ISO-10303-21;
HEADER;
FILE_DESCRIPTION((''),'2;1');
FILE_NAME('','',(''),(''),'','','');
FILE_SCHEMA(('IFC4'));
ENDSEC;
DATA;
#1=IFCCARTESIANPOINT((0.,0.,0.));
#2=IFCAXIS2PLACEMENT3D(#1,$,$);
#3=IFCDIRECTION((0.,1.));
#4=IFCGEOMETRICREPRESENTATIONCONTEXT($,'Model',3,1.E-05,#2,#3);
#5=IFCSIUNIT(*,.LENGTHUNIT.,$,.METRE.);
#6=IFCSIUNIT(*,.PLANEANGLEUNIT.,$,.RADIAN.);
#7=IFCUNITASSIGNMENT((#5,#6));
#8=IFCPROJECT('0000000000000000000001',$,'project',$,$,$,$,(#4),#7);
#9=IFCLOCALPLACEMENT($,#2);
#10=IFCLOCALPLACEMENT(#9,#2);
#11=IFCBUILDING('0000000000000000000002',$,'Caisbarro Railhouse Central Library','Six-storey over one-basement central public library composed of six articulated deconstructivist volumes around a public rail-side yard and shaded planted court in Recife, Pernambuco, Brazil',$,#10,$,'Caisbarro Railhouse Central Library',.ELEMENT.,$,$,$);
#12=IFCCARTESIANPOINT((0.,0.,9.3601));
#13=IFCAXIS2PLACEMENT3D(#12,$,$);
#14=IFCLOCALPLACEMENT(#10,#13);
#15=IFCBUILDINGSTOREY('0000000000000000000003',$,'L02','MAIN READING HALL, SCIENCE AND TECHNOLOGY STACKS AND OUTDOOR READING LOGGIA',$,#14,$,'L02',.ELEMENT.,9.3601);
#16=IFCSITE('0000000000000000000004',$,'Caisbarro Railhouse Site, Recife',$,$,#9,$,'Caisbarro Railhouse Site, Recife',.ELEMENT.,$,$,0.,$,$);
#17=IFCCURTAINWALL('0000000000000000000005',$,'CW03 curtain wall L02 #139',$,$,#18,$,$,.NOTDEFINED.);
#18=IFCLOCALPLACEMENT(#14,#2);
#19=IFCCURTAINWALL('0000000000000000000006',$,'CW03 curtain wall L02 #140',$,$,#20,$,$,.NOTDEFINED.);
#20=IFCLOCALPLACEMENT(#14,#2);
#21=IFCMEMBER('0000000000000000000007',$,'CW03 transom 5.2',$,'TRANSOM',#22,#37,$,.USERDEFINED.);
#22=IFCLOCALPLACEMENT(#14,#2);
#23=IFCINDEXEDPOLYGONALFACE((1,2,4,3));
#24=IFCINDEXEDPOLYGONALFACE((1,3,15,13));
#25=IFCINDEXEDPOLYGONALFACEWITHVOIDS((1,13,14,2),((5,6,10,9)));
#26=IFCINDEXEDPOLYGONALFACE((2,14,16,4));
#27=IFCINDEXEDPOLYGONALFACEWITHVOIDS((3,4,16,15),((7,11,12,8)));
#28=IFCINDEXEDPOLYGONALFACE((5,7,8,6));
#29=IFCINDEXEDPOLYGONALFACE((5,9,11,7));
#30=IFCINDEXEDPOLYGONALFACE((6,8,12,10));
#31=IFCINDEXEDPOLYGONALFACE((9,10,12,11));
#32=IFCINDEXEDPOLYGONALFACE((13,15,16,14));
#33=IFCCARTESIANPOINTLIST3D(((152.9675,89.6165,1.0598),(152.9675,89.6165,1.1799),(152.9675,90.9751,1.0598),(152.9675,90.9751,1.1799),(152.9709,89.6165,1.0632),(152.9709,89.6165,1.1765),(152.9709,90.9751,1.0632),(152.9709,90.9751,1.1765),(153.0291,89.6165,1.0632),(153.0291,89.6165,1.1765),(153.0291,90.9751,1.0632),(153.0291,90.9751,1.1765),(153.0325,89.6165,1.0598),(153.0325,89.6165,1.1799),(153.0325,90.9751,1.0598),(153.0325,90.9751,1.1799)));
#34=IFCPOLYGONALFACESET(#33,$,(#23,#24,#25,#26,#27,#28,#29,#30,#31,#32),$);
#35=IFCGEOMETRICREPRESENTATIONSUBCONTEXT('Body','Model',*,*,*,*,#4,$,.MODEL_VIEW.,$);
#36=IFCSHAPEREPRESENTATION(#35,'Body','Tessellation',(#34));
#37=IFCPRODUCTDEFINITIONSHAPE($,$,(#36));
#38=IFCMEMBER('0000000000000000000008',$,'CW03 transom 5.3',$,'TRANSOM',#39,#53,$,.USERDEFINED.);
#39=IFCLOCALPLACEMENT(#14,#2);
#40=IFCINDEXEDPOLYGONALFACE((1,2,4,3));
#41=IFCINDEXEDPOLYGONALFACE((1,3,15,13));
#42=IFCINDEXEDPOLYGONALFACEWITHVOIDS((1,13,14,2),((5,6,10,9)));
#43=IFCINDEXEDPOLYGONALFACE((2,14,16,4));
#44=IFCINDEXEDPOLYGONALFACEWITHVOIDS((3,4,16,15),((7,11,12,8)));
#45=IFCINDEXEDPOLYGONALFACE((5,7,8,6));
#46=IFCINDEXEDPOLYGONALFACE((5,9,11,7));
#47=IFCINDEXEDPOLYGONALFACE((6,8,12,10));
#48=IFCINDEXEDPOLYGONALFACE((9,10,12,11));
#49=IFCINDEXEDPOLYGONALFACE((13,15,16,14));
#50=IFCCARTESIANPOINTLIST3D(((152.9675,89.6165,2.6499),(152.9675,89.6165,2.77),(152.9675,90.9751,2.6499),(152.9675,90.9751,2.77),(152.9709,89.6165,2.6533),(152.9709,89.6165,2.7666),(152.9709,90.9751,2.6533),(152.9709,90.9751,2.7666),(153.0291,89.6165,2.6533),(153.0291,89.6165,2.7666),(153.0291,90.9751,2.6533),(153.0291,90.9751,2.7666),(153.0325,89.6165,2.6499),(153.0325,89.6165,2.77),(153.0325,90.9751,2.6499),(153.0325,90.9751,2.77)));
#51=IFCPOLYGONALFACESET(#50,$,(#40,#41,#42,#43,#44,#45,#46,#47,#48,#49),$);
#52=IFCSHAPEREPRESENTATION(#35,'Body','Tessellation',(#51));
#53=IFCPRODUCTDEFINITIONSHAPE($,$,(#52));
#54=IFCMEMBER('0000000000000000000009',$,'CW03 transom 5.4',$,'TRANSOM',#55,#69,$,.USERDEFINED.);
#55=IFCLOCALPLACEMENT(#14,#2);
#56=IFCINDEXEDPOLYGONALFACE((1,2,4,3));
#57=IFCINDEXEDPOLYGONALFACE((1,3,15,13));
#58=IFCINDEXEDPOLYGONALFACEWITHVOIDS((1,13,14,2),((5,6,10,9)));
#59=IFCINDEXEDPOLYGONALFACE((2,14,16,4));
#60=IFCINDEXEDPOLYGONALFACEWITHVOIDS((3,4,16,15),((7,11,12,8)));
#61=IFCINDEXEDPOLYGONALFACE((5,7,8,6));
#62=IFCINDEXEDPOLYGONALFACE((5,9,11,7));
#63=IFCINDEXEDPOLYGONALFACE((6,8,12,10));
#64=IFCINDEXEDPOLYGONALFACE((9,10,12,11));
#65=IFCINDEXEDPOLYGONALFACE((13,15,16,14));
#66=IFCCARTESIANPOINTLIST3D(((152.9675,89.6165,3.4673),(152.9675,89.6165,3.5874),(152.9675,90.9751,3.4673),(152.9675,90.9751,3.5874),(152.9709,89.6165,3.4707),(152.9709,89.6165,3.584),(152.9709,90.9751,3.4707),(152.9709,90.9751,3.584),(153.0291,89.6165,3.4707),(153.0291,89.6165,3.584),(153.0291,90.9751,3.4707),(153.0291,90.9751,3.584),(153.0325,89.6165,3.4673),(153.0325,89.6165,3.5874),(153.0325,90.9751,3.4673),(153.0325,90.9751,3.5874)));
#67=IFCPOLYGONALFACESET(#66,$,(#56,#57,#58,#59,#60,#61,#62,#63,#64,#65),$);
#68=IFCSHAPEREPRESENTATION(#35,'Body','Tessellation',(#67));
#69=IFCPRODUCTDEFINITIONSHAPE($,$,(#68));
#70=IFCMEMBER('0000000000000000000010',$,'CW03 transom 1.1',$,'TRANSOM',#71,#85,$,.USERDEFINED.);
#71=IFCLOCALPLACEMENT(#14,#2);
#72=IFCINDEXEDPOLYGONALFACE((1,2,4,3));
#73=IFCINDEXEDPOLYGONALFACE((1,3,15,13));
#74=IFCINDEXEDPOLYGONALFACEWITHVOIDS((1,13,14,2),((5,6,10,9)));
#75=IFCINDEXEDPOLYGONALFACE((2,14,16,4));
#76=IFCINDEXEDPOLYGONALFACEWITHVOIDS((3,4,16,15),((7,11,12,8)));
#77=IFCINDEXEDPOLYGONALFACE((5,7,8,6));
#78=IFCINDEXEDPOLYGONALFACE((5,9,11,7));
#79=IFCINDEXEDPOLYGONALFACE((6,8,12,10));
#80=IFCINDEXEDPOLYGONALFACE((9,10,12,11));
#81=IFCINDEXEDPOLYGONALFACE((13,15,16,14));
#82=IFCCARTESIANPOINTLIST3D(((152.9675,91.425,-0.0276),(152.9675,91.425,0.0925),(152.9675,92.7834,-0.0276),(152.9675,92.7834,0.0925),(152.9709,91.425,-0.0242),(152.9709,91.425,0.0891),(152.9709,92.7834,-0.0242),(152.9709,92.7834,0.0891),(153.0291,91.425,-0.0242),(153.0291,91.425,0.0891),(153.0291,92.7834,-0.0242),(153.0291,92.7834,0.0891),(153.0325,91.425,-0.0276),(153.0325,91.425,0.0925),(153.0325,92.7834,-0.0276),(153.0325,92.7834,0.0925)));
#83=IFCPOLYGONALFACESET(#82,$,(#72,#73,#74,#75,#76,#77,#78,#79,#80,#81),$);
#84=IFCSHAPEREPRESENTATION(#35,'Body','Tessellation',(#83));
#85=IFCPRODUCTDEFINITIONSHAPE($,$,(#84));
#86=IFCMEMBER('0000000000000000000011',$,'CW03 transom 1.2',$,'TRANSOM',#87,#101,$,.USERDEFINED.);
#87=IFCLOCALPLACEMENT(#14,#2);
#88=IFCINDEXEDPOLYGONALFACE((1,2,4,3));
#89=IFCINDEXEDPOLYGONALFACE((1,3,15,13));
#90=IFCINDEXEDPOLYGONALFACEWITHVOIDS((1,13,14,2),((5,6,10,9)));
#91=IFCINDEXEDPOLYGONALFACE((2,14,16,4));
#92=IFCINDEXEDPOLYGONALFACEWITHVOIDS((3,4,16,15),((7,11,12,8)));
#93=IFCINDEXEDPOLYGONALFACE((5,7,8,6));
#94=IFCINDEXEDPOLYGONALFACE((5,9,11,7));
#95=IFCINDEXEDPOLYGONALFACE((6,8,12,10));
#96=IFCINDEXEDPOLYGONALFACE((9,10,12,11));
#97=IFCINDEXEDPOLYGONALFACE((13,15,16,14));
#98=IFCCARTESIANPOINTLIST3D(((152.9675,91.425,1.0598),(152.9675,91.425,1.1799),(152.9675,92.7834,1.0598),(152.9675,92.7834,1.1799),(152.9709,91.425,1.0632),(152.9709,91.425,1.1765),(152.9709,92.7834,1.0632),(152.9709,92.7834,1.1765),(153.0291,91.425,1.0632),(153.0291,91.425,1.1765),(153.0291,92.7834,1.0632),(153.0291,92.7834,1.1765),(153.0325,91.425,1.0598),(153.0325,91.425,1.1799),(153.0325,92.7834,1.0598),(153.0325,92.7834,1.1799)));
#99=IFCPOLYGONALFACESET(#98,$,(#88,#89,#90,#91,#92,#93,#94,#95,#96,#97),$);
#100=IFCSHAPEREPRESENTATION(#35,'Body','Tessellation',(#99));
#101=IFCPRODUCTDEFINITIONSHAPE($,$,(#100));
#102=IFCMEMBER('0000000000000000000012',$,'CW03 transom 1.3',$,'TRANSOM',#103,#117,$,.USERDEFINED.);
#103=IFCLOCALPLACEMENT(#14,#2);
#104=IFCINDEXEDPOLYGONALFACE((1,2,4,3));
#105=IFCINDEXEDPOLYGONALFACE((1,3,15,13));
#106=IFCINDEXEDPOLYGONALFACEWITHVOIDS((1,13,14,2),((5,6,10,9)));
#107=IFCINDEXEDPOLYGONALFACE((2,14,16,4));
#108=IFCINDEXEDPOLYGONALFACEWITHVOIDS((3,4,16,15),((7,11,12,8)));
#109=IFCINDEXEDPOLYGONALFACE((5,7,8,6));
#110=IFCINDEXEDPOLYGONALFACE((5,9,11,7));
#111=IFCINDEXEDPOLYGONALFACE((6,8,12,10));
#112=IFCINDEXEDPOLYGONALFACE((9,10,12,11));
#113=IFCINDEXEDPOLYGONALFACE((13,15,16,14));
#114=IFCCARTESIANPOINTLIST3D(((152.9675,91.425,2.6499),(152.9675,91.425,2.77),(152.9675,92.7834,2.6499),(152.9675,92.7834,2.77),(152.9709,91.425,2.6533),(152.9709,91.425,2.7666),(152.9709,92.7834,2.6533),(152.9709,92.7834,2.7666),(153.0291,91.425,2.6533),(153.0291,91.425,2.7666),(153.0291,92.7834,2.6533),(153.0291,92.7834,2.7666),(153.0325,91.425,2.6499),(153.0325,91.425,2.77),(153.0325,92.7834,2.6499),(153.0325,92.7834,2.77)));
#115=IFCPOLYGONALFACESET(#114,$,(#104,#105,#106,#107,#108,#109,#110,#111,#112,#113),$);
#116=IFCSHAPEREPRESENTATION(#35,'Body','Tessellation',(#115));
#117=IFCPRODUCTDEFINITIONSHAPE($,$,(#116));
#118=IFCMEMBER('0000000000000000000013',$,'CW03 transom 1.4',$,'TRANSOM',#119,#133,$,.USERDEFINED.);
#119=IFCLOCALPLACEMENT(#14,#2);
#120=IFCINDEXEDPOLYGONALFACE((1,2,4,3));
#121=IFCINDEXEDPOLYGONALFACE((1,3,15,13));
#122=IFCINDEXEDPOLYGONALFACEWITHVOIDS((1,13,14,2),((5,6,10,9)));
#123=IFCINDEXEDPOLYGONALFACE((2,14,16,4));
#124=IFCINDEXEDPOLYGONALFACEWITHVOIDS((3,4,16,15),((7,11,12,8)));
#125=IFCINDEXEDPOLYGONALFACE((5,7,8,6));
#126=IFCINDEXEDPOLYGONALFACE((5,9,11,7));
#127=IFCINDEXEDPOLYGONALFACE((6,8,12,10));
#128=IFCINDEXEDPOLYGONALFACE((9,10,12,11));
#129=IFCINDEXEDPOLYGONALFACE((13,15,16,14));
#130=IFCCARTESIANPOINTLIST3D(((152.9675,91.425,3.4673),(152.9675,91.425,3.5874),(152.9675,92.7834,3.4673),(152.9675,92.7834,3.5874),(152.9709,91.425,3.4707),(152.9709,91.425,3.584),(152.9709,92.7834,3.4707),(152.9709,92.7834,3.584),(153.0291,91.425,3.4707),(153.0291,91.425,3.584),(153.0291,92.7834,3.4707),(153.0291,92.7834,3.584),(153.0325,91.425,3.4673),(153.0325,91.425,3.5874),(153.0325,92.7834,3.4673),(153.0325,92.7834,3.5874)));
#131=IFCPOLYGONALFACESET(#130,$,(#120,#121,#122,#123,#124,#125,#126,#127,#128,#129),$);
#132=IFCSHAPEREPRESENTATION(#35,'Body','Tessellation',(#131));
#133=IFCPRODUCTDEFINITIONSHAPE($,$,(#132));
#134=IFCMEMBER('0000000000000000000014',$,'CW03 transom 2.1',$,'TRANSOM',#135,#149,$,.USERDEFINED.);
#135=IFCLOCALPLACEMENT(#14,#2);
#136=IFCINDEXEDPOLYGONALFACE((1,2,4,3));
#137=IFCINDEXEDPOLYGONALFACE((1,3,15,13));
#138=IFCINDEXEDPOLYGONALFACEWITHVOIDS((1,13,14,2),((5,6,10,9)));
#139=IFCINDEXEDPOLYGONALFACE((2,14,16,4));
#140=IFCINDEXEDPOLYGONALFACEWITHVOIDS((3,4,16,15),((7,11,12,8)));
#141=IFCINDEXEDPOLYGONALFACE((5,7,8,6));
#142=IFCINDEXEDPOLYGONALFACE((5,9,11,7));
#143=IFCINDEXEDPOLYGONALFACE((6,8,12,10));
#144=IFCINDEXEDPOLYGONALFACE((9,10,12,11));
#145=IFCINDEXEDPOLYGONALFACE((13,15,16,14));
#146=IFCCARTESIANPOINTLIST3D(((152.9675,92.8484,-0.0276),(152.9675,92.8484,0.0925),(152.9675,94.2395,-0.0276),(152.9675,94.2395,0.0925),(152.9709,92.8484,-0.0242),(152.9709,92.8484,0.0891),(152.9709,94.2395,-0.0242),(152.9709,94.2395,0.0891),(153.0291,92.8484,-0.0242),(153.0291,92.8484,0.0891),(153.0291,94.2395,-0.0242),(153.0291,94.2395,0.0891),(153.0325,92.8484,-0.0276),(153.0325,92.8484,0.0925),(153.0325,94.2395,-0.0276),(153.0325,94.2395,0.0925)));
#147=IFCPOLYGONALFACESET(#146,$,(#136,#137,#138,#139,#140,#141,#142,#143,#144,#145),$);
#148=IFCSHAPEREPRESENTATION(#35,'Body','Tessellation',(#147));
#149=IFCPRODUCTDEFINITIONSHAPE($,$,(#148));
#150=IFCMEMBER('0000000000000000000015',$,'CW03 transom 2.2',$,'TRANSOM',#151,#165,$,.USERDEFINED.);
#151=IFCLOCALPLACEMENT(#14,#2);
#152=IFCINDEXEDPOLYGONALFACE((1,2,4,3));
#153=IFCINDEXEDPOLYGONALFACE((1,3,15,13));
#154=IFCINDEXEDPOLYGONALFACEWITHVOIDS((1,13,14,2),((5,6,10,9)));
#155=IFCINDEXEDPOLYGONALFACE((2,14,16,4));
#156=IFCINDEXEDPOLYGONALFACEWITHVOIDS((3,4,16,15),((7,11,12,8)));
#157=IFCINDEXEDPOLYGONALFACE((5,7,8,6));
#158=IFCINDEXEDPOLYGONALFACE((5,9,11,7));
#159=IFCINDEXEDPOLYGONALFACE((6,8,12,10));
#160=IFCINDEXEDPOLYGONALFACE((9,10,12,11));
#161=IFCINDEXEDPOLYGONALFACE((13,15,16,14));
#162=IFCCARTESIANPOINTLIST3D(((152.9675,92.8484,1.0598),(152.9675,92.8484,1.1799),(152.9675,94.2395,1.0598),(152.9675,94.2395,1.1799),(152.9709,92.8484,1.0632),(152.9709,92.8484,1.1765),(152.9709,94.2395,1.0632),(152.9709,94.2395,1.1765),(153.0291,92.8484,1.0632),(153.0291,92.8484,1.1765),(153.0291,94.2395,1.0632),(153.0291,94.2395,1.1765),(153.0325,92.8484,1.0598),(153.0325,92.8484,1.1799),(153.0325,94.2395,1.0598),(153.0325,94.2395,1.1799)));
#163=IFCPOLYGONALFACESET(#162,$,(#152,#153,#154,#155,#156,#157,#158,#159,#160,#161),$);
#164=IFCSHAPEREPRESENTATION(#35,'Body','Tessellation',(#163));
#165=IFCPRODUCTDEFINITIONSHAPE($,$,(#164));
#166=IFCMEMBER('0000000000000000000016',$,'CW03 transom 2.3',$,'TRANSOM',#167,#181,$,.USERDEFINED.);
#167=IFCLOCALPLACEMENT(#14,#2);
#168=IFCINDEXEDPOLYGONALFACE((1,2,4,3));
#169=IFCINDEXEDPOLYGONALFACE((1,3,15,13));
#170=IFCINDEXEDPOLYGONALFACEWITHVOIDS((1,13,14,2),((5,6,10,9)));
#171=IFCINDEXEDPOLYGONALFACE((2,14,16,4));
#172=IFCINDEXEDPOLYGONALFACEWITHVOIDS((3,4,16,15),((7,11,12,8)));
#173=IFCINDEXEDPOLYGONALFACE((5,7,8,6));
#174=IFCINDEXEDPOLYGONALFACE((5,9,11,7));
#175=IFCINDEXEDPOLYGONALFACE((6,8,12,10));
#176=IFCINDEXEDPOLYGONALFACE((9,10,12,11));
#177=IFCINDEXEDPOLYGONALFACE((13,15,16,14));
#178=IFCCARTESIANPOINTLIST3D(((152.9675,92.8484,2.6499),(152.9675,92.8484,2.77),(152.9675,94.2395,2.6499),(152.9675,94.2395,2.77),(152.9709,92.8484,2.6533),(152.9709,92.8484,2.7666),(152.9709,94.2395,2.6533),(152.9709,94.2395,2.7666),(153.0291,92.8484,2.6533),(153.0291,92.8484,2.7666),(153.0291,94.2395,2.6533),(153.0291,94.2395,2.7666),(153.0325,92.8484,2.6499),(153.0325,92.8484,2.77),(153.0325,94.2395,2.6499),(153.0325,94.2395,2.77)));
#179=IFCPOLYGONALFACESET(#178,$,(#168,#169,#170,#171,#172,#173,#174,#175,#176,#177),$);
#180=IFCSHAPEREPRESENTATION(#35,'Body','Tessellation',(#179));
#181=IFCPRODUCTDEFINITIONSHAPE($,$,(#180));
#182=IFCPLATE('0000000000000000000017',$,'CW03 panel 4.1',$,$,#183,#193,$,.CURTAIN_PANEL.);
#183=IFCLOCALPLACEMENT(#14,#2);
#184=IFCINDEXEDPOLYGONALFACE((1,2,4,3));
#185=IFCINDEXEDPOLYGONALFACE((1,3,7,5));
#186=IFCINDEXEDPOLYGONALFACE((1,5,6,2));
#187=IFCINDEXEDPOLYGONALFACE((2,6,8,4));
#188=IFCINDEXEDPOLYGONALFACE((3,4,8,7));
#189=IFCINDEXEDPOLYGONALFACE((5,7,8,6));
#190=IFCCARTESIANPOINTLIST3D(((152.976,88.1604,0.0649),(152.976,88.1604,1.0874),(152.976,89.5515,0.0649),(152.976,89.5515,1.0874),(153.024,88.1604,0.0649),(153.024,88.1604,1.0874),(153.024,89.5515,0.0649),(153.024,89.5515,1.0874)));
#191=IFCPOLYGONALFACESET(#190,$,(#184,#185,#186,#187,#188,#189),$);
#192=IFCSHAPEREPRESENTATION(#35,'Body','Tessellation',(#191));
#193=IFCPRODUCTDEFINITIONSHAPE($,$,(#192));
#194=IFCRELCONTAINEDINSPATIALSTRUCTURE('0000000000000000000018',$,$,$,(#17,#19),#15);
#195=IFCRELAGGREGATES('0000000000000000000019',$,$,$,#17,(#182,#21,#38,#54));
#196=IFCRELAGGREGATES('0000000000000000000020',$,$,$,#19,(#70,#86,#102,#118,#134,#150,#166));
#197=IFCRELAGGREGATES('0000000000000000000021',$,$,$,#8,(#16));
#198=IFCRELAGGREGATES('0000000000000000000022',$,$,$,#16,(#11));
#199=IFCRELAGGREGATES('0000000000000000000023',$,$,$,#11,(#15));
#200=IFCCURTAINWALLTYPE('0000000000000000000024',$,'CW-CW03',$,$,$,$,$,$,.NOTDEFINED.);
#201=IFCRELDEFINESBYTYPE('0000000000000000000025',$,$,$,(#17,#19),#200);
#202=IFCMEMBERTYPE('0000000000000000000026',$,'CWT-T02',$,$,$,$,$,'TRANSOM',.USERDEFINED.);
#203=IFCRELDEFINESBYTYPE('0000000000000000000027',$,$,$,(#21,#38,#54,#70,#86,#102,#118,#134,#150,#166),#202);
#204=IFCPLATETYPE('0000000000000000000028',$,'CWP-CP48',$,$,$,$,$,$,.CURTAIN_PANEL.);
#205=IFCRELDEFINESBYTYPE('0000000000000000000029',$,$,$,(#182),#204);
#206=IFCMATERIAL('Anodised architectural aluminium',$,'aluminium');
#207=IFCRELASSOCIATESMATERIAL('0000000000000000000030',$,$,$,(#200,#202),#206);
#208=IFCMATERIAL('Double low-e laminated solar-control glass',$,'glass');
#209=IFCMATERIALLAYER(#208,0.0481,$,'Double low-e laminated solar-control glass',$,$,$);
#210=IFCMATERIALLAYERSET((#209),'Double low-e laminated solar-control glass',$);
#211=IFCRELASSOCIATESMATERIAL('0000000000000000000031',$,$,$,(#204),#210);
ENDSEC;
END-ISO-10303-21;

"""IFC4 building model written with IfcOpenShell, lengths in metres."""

from ifc_helpers import new_model, si_unit, direction, frame, origin, origin_2d, place, context, subcontext, project, spatial, rectangle, hollow_rectangle, extrude, material, layer, layer_set, material_profile, profile_set, type_object, element, aggregate, save


model = new_model("IFC4")

# Units and contexts
model_context = context("Model", 3, precision=1e-05, world=origin(), true_north=direction((0.0, 1.0)))
body_context = subcontext(model_context, "Body", "Model", "MODEL_VIEW")
ifc_project = project(units=[si_unit("LENGTHUNIT", "METRE"), si_unit("PLANEANGLEUNIT", "RADIAN")], contexts=[model_context])

# Site, building, storey
site_placement = place(None, origin())
site = spatial("IfcSite", under=ifc_project, at=site_placement, Name="Caisbarro Railhouse Site, Recife", LongName="Caisbarro Railhouse Site, Recife", CompositionType="ELEMENT", RefElevation=0.0)
building_placement = place(site_placement, origin())
building = spatial("IfcBuilding", under=site, at=building_placement, Name="Caisbarro Railhouse Central Library", Description="Six-storey over one-basement central public library composed of six articulated deconstructivist volumes around a public rail-side yard and shaded planted court in Recife, Pernambuco, Brazil", LongName="Caisbarro Railhouse Central Library", CompositionType="ELEMENT")
storey_placement = place(building_placement, frame((0.0, 0.0, 9.3601)))
storey = spatial("IfcBuildingStorey", under=building, at=storey_placement, Name="L02", Description="MAIN READING HALL, SCIENCE AND TECHNOLOGY STACKS AND OUTDOOR READING LOGGIA", LongName="L02", CompositionType="ELEMENT", Elevation=9.3601)

# Curtain walls
ifc_material_1 = material(Name="Anodised architectural aluminium", Category="aluminium")
curtain_wall_type = type_object("IfcCurtainWallType", Name="CW-CW03", PredefinedType="NOTDEFINED", material=ifc_material_1)
curtain_wall_1_placement = place(storey_placement, origin())
curtain_wall_1 = element("IfcCurtainWall", 1, at=curtain_wall_1_placement, inside=storey, type_object=curtain_wall_type, Name="CW03 curtain wall L02 #139", PredefinedType="NOTDEFINED")
curtain_wall_2_placement = place(storey_placement, origin())
curtain_wall_2 = element("IfcCurtainWall", 2, at=curtain_wall_2_placement, inside=storey, type_object=curtain_wall_type, Name="CW03 curtain wall L02 #140", PredefinedType="NOTDEFINED")

# Members
ifc_material_profile_1 = material_profile(ifc_material_1, hollow_rectangle(XDim=0.0649, YDim=0.1201, WallThickness=0.0034, at=origin_2d()), Name="ALU-TRN-65X120")
ifc_profile_set_1 = profile_set([ifc_material_profile_1], Name="Anodised architectural aluminium")
member_type_1 = type_object("IfcMemberType", Name="CWT-T02", ElementType="TRANSOM", PredefinedType="USERDEFINED", material=ifc_profile_set_1)
member_1_placement = place(storey_placement, frame((153.0, 89.6165, 1.1199), z_axis=(0.0, 1.0, 0.0), x_axis=(-1.0, 0.0, 0.0)))
member_1 = element("IfcMember", 3, at=member_1_placement, type_object=member_type_1, Name="CW03 transom 5.2", ObjectType="TRANSOM", PredefinedType="USERDEFINED", context=body_context, shape_type="SweptSolid", body=[
    extrude(hollow_rectangle(XDim=0.0649, YDim=0.1201, WallThickness=0.0034, at=origin_2d()), origin(), (0.0, 0.0, 1.0), 1.3586),
])
member_2_placement = place(storey_placement, frame((153.0, 89.6165, 2.71), z_axis=(0.0, 1.0, 0.0), x_axis=(-1.0, 0.0, 0.0)))
member_2 = element("IfcMember", 4, at=member_2_placement, type_object=member_type_1, Name="CW03 transom 5.3", ObjectType="TRANSOM", PredefinedType="USERDEFINED", context=body_context, shape_type="SweptSolid", body=[
    extrude(hollow_rectangle(XDim=0.0649, YDim=0.1201, WallThickness=0.0034, at=origin_2d()), origin(), (0.0, 0.0, 1.0), 1.3586),
])
member_3_placement = place(storey_placement, frame((153.0, 89.6165, 3.5273), z_axis=(0.0, 1.0, 0.0), x_axis=(-1.0, 0.0, 0.0)))
member_3 = element("IfcMember", 5, at=member_3_placement, type_object=member_type_1, Name="CW03 transom 5.4", ObjectType="TRANSOM", PredefinedType="USERDEFINED", context=body_context, shape_type="SweptSolid", body=[
    extrude(hollow_rectangle(XDim=0.0649, YDim=0.1201, WallThickness=0.0034, at=origin_2d()), origin(), (0.0, 0.0, 1.0), 1.3586),
])
member_4_placement = place(storey_placement, frame((153.0, 91.425, 0.0325), z_axis=(0.0, 1.0, 0.0), x_axis=(-1.0, 0.0, 0.0)))
member_4 = element("IfcMember", 6, at=member_4_placement, type_object=member_type_1, Name="CW03 transom 1.1", ObjectType="TRANSOM", PredefinedType="USERDEFINED", context=body_context, shape_type="SweptSolid", body=[
    extrude(hollow_rectangle(XDim=0.0649, YDim=0.1201, WallThickness=0.0034, at=origin_2d()), origin(), (0.0, 0.0, 1.0), 1.3584),
])
member_5_placement = place(storey_placement, frame((153.0, 91.425, 1.1199), z_axis=(0.0, 1.0, 0.0), x_axis=(-1.0, 0.0, 0.0)))
member_5 = element("IfcMember", 7, at=member_5_placement, type_object=member_type_1, Name="CW03 transom 1.2", ObjectType="TRANSOM", PredefinedType="USERDEFINED", context=body_context, shape_type="SweptSolid", body=[
    extrude(hollow_rectangle(XDim=0.0649, YDim=0.1201, WallThickness=0.0034, at=origin_2d()), origin(), (0.0, 0.0, 1.0), 1.3584),
])
member_6_placement = place(storey_placement, frame((153.0, 91.425, 2.71), z_axis=(0.0, 1.0, 0.0), x_axis=(-1.0, 0.0, 0.0)))
member_6 = element("IfcMember", 8, at=member_6_placement, type_object=member_type_1, Name="CW03 transom 1.3", ObjectType="TRANSOM", PredefinedType="USERDEFINED", context=body_context, shape_type="SweptSolid", body=[
    extrude(hollow_rectangle(XDim=0.0649, YDim=0.1201, WallThickness=0.0034, at=origin_2d()), origin(), (0.0, 0.0, 1.0), 1.3584),
])
member_7_placement = place(storey_placement, frame((153.0, 91.425, 3.5273), z_axis=(0.0, 1.0, 0.0), x_axis=(-1.0, 0.0, 0.0)))
member_7 = element("IfcMember", 9, at=member_7_placement, type_object=member_type_1, Name="CW03 transom 1.4", ObjectType="TRANSOM", PredefinedType="USERDEFINED", context=body_context, shape_type="SweptSolid", body=[
    extrude(hollow_rectangle(XDim=0.0649, YDim=0.1201, WallThickness=0.0034, at=origin_2d()), origin(), (0.0, 0.0, 1.0), 1.3584),
])
member_8_placement = place(storey_placement, frame((153.0, 92.8484, 0.0325), z_axis=(0.0, 1.0, 0.0), x_axis=(-1.0, 0.0, 0.0)))
member_8 = element("IfcMember", 10, at=member_8_placement, type_object=member_type_1, Name="CW03 transom 2.1", ObjectType="TRANSOM", PredefinedType="USERDEFINED", context=body_context, shape_type="SweptSolid", body=[
    extrude(hollow_rectangle(XDim=0.0649, YDim=0.1201, WallThickness=0.0034, at=origin_2d()), origin(), (0.0, 0.0, 1.0), 1.3911),
])
member_9_placement = place(storey_placement, frame((153.0, 92.8484, 1.1199), z_axis=(0.0, 1.0, 0.0), x_axis=(-1.0, 0.0, 0.0)))
member_9 = element("IfcMember", 11, at=member_9_placement, type_object=member_type_1, Name="CW03 transom 2.2", ObjectType="TRANSOM", PredefinedType="USERDEFINED", context=body_context, shape_type="SweptSolid", body=[
    extrude(hollow_rectangle(XDim=0.0649, YDim=0.1201, WallThickness=0.0034, at=origin_2d()), origin(), (0.0, 0.0, 1.0), 1.3911),
])
member_10_placement = place(storey_placement, frame((153.0, 92.8484, 2.71), z_axis=(0.0, 1.0, 0.0), x_axis=(-1.0, 0.0, 0.0)))
member_10 = element("IfcMember", 12, at=member_10_placement, type_object=member_type_1, Name="CW03 transom 2.3", ObjectType="TRANSOM", PredefinedType="USERDEFINED", context=body_context, shape_type="SweptSolid", body=[
    extrude(hollow_rectangle(XDim=0.0649, YDim=0.1201, WallThickness=0.0034, at=origin_2d()), origin(), (0.0, 0.0, 1.0), 1.3911),
])

# Plate
ifc_material_2 = material(Name="Double low-e laminated solar-control glass", Category="glass")
ifc_layer_1 = layer(ifc_material_2, 0.0481, Name="Double low-e laminated solar-control glass")
ifc_layer_set_1 = layer_set([ifc_layer_1], Name="Double low-e laminated solar-control glass")
plate_type_1 = type_object("IfcPlateType", Name="CWP-CP48", PredefinedType="CURTAIN_PANEL", material=ifc_layer_set_1)
plate_1_placement = place(storey_placement, frame((153.0, 88.856, 0.0649), z_axis=(0.0, 0.0, 1.0), x_axis=(0.0, 1.0, 0.0)))
plate_1 = element("IfcPlate", 13, at=plate_1_placement, type_object=plate_type_1, Name="CW03 panel 4.1", PredefinedType="CURTAIN_PANEL", context=body_context, shape_type="SweptSolid", body=[
    extrude(rectangle(XDim=1.3911, YDim=0.0481, at=origin_2d()), origin(), (0.0, 0.0, 1.0), 1.0225),
])
aggregate(curtain_wall_1, [plate_1, member_1, member_2, member_3])
aggregate(curtain_wall_2, [member_4, member_5, member_6, member_7, member_8, member_9, member_10])

save(model, "model.ifc")
